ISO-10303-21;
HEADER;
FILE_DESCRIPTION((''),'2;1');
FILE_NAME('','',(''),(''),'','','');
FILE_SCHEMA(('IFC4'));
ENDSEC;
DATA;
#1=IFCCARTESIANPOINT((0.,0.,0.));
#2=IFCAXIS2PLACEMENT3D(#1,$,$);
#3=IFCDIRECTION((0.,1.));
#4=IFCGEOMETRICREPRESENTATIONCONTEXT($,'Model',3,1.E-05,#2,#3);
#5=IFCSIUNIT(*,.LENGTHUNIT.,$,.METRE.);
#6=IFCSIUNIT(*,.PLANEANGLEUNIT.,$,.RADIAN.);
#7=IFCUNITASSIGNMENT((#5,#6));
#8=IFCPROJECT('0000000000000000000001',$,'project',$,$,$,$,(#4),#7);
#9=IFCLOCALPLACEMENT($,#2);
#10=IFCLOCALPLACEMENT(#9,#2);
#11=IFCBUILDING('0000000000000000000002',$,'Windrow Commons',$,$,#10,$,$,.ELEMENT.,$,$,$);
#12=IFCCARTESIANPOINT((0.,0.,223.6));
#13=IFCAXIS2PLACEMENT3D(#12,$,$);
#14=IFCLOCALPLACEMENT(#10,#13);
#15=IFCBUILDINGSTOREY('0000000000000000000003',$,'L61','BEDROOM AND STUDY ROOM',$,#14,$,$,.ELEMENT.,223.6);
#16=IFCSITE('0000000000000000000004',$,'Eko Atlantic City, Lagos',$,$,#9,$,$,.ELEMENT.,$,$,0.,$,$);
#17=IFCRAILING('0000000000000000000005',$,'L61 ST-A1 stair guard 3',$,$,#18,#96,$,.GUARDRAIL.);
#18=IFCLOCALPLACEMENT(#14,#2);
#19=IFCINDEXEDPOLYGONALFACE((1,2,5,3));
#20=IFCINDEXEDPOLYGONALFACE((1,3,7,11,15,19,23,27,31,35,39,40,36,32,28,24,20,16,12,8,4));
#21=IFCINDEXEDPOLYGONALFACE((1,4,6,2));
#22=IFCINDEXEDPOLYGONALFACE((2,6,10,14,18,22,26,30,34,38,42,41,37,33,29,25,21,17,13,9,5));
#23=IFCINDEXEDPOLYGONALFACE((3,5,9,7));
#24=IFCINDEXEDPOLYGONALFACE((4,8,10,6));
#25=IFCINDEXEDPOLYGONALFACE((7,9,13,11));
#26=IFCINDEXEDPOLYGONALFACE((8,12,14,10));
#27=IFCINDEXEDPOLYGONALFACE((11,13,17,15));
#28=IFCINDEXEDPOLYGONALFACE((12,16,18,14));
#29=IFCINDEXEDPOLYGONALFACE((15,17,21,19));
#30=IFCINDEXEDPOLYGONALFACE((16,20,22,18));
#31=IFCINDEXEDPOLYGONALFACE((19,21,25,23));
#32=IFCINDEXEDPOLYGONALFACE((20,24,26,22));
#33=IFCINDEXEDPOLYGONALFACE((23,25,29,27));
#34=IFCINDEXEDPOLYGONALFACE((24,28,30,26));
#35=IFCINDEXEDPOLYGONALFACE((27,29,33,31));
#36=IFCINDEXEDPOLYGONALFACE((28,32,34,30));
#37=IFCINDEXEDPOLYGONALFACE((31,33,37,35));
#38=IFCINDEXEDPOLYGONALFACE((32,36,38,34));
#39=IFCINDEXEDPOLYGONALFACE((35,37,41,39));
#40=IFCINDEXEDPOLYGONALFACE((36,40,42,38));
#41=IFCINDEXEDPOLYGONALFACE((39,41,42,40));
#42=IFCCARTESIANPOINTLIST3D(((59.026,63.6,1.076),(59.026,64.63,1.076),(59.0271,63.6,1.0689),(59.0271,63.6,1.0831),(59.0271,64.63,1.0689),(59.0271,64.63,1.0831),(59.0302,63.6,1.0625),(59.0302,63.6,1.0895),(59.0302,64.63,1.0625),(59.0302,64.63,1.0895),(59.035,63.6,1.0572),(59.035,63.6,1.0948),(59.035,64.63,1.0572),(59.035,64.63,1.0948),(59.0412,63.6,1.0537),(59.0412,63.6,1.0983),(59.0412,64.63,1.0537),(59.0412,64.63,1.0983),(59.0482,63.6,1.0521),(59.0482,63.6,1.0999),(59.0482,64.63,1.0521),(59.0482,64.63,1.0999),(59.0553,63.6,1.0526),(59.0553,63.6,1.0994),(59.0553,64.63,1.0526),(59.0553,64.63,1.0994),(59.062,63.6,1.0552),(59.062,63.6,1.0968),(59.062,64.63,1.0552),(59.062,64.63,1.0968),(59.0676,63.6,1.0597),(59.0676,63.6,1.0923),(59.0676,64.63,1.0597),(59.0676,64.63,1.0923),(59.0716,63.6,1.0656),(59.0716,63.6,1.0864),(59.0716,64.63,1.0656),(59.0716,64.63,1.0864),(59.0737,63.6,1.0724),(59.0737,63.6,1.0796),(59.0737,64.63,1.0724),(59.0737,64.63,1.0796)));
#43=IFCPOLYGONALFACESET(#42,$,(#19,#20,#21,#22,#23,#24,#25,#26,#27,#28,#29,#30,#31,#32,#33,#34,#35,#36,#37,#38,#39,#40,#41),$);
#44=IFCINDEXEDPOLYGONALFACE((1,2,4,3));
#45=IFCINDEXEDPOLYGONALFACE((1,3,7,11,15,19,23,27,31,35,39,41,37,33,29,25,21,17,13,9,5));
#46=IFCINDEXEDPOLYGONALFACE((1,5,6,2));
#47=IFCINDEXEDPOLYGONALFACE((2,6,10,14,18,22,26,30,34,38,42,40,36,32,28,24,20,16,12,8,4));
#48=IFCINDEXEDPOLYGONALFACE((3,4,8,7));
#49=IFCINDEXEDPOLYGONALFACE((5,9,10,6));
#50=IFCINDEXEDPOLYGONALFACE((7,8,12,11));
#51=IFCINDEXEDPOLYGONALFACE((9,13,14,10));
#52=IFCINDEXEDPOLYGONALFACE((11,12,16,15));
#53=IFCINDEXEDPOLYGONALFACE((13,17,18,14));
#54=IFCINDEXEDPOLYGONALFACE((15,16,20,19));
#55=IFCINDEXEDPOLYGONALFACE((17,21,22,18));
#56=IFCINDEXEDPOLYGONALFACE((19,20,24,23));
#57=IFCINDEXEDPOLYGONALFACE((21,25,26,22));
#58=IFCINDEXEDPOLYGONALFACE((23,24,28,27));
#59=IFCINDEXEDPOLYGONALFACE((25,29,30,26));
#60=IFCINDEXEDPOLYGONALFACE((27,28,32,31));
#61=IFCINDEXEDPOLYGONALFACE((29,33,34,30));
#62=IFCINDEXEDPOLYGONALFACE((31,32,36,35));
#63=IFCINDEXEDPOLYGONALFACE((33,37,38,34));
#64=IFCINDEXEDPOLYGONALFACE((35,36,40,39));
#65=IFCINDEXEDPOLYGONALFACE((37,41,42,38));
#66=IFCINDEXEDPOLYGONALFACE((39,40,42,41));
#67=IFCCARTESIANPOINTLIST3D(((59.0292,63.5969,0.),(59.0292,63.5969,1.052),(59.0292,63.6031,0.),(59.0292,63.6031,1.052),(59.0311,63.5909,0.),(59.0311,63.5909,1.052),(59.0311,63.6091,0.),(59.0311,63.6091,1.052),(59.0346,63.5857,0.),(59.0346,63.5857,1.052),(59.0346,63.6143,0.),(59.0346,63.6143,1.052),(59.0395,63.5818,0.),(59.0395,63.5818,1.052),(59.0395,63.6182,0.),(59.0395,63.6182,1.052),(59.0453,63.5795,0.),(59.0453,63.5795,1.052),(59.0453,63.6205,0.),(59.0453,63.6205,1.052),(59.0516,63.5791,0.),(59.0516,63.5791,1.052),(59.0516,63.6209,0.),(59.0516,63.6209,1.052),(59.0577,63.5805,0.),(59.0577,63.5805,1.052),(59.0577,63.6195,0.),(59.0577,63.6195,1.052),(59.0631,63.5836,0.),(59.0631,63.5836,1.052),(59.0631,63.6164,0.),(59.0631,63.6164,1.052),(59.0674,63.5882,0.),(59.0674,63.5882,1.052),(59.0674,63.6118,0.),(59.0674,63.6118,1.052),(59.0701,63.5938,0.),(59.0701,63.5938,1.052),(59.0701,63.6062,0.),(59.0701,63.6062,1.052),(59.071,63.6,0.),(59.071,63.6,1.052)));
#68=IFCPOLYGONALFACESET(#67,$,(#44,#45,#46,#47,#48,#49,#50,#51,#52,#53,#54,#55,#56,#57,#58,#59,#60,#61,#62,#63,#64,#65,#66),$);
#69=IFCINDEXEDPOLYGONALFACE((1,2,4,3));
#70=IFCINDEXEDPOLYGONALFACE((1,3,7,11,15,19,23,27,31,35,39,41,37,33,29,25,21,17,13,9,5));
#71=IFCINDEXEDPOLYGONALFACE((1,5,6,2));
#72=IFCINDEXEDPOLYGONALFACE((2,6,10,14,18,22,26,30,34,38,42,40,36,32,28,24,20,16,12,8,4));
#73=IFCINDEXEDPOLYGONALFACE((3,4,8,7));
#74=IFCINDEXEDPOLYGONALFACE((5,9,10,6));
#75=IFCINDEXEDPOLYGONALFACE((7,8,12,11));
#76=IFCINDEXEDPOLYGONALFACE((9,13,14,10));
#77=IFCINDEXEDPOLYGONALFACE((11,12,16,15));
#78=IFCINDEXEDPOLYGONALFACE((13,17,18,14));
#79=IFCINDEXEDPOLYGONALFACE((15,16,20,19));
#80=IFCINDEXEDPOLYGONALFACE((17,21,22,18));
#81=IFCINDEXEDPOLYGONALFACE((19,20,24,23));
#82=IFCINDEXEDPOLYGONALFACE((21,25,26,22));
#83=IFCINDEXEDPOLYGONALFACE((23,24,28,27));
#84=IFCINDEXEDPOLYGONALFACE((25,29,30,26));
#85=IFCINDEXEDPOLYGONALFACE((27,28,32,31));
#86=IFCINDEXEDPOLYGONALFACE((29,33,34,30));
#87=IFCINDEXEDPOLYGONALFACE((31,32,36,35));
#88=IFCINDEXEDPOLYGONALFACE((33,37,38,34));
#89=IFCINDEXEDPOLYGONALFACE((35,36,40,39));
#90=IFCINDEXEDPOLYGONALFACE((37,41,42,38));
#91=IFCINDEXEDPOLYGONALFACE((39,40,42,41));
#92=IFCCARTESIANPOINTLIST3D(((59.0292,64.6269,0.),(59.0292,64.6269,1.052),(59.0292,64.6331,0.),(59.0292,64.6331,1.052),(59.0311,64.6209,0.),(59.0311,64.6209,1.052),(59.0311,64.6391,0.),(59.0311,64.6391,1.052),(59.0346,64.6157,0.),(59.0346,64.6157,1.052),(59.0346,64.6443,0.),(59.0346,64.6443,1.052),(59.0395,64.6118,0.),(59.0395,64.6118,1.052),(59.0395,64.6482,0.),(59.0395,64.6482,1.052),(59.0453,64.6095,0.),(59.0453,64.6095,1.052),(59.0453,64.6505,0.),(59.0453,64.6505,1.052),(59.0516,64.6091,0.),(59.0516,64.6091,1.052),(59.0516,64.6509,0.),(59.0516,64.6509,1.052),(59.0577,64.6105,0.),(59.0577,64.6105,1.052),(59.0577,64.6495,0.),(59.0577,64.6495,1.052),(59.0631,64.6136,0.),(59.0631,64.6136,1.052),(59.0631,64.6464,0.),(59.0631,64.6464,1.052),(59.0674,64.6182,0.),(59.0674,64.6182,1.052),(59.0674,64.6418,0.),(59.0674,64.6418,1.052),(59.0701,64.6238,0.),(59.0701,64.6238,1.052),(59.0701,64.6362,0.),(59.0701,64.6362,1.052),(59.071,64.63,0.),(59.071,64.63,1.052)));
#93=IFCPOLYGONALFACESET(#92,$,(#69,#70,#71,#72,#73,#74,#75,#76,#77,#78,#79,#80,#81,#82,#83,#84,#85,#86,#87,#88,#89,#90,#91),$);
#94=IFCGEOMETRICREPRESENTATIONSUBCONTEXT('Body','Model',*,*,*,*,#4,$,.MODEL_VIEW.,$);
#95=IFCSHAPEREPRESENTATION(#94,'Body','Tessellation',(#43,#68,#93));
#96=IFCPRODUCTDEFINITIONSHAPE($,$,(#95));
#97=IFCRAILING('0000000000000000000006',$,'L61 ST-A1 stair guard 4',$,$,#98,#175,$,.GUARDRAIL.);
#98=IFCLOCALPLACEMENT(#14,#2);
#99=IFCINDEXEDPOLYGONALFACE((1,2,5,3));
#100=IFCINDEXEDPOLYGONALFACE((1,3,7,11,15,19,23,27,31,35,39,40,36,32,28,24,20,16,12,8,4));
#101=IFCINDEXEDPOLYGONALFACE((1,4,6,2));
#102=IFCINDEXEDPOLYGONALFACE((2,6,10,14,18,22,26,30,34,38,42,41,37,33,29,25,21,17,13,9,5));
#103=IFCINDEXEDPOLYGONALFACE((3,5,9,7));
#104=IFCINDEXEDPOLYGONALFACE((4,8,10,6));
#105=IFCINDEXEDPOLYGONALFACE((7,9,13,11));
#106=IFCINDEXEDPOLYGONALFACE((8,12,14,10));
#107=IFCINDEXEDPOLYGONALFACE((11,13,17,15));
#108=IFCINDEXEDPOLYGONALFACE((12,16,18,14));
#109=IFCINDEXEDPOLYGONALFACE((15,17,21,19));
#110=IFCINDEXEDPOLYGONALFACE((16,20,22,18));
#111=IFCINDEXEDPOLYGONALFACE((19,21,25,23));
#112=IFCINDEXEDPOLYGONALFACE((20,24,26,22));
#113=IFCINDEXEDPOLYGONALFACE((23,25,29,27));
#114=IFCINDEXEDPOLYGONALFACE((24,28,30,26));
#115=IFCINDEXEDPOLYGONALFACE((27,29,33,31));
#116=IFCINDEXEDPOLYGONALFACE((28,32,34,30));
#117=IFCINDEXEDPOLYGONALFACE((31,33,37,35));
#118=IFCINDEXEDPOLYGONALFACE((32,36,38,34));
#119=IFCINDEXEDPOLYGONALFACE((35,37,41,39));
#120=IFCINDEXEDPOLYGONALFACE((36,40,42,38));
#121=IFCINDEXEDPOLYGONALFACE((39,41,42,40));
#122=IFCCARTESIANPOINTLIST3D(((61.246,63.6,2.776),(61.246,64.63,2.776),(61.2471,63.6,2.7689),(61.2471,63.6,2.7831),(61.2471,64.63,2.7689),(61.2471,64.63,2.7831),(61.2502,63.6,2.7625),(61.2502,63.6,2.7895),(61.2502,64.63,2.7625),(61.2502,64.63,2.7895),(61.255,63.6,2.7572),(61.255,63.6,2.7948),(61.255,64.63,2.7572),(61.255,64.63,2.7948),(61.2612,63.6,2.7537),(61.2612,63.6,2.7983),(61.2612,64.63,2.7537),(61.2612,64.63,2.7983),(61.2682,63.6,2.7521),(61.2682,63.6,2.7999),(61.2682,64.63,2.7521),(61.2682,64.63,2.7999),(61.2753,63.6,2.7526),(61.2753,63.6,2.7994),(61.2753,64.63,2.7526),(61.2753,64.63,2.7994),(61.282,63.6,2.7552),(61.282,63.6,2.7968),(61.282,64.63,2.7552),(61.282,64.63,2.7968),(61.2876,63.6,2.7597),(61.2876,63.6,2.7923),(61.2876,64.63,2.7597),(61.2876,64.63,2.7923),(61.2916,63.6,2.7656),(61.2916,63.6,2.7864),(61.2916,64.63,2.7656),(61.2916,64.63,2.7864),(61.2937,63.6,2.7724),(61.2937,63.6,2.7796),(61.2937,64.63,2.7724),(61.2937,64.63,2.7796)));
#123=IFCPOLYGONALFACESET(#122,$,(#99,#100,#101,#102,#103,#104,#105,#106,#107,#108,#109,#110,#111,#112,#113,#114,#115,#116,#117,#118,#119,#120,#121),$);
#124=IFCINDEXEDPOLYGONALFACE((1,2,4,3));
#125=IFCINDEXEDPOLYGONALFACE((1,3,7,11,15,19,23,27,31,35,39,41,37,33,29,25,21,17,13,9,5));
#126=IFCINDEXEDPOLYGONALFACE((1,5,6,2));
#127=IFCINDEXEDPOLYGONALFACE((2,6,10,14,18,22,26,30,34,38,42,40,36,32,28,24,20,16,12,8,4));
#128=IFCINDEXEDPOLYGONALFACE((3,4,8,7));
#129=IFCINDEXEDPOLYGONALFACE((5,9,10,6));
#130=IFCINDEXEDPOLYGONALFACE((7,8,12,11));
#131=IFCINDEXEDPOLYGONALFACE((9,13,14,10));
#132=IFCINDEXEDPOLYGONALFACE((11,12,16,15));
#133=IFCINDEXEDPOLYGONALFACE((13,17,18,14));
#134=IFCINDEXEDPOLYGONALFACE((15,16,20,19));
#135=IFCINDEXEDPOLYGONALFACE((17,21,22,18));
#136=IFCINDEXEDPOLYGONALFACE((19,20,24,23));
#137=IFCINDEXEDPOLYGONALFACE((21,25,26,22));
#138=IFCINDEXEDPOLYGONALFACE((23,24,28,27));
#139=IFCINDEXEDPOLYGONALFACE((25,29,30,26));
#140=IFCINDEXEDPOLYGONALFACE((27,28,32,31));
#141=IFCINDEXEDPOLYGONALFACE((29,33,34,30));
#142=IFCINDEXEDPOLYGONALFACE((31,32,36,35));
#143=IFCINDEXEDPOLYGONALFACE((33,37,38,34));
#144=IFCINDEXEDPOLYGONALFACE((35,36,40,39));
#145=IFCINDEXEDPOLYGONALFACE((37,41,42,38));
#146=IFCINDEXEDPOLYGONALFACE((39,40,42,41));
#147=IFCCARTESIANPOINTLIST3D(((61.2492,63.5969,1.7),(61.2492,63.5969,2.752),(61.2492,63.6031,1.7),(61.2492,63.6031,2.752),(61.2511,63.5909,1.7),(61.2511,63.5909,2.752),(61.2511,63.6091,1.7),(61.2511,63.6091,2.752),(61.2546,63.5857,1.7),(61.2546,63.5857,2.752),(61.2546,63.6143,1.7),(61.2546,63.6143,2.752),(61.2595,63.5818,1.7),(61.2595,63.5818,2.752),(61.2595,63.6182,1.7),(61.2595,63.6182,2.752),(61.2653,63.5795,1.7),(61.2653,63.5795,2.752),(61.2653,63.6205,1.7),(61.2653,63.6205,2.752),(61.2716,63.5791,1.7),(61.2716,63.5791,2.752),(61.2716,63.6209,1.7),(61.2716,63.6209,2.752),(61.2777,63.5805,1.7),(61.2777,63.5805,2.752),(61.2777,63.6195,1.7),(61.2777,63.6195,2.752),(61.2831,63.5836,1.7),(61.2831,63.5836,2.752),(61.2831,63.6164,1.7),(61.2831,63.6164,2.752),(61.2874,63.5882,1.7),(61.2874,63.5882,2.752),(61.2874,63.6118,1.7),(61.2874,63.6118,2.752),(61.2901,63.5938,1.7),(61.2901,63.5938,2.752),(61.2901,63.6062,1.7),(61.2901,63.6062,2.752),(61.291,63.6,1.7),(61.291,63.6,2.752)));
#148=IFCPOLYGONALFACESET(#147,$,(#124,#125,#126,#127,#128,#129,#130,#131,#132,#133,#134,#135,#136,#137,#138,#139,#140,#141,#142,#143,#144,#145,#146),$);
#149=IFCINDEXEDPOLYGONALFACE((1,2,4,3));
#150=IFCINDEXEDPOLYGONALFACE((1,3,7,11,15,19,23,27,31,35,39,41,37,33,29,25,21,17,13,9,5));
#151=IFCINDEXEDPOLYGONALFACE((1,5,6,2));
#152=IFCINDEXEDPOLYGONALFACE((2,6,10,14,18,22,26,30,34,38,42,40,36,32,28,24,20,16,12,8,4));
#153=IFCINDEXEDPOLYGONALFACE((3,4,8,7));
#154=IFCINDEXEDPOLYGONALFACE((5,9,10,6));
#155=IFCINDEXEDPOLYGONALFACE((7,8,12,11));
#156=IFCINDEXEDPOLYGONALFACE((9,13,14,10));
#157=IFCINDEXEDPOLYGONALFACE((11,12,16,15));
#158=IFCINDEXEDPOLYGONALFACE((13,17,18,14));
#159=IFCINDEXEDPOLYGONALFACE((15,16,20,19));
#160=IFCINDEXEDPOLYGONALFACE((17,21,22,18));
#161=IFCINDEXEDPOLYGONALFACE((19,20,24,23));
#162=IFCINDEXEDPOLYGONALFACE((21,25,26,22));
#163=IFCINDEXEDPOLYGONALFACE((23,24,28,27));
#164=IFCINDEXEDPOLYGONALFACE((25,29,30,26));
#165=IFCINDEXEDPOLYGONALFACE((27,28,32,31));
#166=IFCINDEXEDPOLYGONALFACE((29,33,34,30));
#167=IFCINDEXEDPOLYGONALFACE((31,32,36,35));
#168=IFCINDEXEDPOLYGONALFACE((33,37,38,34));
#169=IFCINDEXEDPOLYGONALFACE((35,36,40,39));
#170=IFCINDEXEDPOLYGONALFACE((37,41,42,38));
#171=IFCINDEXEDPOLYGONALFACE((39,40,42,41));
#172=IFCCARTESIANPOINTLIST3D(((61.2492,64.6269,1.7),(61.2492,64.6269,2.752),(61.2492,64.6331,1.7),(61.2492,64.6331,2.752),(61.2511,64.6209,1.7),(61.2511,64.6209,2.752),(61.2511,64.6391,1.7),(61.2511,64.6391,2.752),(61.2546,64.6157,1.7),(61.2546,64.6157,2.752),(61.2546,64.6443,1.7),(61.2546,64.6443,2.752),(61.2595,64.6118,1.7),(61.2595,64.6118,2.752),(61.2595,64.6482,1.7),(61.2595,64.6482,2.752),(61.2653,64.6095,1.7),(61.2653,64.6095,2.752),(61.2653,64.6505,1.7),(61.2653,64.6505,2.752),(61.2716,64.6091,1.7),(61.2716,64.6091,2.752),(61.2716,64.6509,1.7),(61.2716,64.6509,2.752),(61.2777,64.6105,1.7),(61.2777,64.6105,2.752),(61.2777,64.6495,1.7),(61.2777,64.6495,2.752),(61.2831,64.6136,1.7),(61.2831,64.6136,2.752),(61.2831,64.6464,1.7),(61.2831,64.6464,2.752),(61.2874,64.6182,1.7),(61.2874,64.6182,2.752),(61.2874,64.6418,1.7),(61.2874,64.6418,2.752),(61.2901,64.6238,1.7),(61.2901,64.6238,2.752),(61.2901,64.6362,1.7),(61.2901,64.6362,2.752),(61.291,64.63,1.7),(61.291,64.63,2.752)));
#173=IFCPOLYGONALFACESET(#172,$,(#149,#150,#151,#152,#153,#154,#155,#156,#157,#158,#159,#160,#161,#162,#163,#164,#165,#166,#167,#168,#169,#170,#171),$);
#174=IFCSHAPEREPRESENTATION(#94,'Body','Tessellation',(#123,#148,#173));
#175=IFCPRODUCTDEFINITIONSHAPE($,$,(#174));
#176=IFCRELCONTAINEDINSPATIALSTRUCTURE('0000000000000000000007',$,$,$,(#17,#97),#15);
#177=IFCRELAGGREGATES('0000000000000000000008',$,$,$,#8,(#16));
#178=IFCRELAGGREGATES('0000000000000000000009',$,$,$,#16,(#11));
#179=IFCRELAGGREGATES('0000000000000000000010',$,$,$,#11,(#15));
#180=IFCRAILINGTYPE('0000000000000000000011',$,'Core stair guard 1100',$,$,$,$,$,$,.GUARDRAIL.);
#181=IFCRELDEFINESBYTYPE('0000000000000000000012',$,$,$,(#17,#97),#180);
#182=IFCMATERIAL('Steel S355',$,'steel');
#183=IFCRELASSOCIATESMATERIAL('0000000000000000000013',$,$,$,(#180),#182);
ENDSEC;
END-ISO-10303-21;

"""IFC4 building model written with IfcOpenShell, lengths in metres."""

from ifc_helpers import new_model, si_unit, direction, frame, origin, origin_2d, place, context, subcontext, project, spatial, circle, extrude, material, type_object, element, save


model = new_model("IFC4")

# Units and contexts
model_context = context("Model", 3, precision=1e-05, world=origin(), true_north=direction((0.0, 1.0)))
body_context = subcontext(model_context, "Body", "Model", "MODEL_VIEW")
ifc_project = project(units=[si_unit("LENGTHUNIT", "METRE"), si_unit("PLANEANGLEUNIT", "RADIAN")], contexts=[model_context])

# Site, building, storey
site_placement = place(None, origin())
site = spatial("IfcSite", under=ifc_project, at=site_placement, Name="Eko Atlantic City, Lagos", CompositionType="ELEMENT", RefElevation=0.0)
building_placement = place(site_placement, origin())
building = spatial("IfcBuilding", under=site, at=building_placement, Name="Windrow Commons", CompositionType="ELEMENT")
storey_placement = place(building_placement, frame((0.0, 0.0, 223.6)))
storey = spatial("IfcBuildingStorey", under=building, at=storey_placement, Name="L61", Description="BEDROOM AND STUDY ROOM", CompositionType="ELEMENT", Elevation=223.6)

# Railings
ifc_material_1 = material(Name="Steel S355", Category="steel")
railing_type_1 = type_object("IfcRailingType", Name="Core stair guard 1100", PredefinedType="GUARDRAIL", material=ifc_material_1)
for number, where, name in (
    (1, (59.05, 63.6, 0.0), "L61 ST-A1 stair guard 3"),
    (2, (61.27, 63.6, 1.7), "L61 ST-A1 stair guard 4"),
):
    element("IfcRailing", number, at=place(storey_placement, frame(where)), inside=storey, type_object=railing_type_1, Name=name, PredefinedType="GUARDRAIL", context=body_context, shape_type="SweptSolid", body=[
        extrude(circle(Radius=0.024, at=origin_2d()), frame((0.0, 0.0, 1.076), z_axis=(0.0, 1.0, 0.0), x_axis=(-1.0, 0.0, 0.0)), (0.0, 0.0, 1.0), 1.03),
        extrude(circle(Radius=0.021, at=origin_2d()), origin(), (0.0, 0.0, 1.0), 1.052),
        extrude(circle(Radius=0.021, at=origin_2d()), frame((0.0, 1.03, 0.0)), (0.0, 0.0, 1.0), 1.052),
    ])

save(model, "model.ifc")
